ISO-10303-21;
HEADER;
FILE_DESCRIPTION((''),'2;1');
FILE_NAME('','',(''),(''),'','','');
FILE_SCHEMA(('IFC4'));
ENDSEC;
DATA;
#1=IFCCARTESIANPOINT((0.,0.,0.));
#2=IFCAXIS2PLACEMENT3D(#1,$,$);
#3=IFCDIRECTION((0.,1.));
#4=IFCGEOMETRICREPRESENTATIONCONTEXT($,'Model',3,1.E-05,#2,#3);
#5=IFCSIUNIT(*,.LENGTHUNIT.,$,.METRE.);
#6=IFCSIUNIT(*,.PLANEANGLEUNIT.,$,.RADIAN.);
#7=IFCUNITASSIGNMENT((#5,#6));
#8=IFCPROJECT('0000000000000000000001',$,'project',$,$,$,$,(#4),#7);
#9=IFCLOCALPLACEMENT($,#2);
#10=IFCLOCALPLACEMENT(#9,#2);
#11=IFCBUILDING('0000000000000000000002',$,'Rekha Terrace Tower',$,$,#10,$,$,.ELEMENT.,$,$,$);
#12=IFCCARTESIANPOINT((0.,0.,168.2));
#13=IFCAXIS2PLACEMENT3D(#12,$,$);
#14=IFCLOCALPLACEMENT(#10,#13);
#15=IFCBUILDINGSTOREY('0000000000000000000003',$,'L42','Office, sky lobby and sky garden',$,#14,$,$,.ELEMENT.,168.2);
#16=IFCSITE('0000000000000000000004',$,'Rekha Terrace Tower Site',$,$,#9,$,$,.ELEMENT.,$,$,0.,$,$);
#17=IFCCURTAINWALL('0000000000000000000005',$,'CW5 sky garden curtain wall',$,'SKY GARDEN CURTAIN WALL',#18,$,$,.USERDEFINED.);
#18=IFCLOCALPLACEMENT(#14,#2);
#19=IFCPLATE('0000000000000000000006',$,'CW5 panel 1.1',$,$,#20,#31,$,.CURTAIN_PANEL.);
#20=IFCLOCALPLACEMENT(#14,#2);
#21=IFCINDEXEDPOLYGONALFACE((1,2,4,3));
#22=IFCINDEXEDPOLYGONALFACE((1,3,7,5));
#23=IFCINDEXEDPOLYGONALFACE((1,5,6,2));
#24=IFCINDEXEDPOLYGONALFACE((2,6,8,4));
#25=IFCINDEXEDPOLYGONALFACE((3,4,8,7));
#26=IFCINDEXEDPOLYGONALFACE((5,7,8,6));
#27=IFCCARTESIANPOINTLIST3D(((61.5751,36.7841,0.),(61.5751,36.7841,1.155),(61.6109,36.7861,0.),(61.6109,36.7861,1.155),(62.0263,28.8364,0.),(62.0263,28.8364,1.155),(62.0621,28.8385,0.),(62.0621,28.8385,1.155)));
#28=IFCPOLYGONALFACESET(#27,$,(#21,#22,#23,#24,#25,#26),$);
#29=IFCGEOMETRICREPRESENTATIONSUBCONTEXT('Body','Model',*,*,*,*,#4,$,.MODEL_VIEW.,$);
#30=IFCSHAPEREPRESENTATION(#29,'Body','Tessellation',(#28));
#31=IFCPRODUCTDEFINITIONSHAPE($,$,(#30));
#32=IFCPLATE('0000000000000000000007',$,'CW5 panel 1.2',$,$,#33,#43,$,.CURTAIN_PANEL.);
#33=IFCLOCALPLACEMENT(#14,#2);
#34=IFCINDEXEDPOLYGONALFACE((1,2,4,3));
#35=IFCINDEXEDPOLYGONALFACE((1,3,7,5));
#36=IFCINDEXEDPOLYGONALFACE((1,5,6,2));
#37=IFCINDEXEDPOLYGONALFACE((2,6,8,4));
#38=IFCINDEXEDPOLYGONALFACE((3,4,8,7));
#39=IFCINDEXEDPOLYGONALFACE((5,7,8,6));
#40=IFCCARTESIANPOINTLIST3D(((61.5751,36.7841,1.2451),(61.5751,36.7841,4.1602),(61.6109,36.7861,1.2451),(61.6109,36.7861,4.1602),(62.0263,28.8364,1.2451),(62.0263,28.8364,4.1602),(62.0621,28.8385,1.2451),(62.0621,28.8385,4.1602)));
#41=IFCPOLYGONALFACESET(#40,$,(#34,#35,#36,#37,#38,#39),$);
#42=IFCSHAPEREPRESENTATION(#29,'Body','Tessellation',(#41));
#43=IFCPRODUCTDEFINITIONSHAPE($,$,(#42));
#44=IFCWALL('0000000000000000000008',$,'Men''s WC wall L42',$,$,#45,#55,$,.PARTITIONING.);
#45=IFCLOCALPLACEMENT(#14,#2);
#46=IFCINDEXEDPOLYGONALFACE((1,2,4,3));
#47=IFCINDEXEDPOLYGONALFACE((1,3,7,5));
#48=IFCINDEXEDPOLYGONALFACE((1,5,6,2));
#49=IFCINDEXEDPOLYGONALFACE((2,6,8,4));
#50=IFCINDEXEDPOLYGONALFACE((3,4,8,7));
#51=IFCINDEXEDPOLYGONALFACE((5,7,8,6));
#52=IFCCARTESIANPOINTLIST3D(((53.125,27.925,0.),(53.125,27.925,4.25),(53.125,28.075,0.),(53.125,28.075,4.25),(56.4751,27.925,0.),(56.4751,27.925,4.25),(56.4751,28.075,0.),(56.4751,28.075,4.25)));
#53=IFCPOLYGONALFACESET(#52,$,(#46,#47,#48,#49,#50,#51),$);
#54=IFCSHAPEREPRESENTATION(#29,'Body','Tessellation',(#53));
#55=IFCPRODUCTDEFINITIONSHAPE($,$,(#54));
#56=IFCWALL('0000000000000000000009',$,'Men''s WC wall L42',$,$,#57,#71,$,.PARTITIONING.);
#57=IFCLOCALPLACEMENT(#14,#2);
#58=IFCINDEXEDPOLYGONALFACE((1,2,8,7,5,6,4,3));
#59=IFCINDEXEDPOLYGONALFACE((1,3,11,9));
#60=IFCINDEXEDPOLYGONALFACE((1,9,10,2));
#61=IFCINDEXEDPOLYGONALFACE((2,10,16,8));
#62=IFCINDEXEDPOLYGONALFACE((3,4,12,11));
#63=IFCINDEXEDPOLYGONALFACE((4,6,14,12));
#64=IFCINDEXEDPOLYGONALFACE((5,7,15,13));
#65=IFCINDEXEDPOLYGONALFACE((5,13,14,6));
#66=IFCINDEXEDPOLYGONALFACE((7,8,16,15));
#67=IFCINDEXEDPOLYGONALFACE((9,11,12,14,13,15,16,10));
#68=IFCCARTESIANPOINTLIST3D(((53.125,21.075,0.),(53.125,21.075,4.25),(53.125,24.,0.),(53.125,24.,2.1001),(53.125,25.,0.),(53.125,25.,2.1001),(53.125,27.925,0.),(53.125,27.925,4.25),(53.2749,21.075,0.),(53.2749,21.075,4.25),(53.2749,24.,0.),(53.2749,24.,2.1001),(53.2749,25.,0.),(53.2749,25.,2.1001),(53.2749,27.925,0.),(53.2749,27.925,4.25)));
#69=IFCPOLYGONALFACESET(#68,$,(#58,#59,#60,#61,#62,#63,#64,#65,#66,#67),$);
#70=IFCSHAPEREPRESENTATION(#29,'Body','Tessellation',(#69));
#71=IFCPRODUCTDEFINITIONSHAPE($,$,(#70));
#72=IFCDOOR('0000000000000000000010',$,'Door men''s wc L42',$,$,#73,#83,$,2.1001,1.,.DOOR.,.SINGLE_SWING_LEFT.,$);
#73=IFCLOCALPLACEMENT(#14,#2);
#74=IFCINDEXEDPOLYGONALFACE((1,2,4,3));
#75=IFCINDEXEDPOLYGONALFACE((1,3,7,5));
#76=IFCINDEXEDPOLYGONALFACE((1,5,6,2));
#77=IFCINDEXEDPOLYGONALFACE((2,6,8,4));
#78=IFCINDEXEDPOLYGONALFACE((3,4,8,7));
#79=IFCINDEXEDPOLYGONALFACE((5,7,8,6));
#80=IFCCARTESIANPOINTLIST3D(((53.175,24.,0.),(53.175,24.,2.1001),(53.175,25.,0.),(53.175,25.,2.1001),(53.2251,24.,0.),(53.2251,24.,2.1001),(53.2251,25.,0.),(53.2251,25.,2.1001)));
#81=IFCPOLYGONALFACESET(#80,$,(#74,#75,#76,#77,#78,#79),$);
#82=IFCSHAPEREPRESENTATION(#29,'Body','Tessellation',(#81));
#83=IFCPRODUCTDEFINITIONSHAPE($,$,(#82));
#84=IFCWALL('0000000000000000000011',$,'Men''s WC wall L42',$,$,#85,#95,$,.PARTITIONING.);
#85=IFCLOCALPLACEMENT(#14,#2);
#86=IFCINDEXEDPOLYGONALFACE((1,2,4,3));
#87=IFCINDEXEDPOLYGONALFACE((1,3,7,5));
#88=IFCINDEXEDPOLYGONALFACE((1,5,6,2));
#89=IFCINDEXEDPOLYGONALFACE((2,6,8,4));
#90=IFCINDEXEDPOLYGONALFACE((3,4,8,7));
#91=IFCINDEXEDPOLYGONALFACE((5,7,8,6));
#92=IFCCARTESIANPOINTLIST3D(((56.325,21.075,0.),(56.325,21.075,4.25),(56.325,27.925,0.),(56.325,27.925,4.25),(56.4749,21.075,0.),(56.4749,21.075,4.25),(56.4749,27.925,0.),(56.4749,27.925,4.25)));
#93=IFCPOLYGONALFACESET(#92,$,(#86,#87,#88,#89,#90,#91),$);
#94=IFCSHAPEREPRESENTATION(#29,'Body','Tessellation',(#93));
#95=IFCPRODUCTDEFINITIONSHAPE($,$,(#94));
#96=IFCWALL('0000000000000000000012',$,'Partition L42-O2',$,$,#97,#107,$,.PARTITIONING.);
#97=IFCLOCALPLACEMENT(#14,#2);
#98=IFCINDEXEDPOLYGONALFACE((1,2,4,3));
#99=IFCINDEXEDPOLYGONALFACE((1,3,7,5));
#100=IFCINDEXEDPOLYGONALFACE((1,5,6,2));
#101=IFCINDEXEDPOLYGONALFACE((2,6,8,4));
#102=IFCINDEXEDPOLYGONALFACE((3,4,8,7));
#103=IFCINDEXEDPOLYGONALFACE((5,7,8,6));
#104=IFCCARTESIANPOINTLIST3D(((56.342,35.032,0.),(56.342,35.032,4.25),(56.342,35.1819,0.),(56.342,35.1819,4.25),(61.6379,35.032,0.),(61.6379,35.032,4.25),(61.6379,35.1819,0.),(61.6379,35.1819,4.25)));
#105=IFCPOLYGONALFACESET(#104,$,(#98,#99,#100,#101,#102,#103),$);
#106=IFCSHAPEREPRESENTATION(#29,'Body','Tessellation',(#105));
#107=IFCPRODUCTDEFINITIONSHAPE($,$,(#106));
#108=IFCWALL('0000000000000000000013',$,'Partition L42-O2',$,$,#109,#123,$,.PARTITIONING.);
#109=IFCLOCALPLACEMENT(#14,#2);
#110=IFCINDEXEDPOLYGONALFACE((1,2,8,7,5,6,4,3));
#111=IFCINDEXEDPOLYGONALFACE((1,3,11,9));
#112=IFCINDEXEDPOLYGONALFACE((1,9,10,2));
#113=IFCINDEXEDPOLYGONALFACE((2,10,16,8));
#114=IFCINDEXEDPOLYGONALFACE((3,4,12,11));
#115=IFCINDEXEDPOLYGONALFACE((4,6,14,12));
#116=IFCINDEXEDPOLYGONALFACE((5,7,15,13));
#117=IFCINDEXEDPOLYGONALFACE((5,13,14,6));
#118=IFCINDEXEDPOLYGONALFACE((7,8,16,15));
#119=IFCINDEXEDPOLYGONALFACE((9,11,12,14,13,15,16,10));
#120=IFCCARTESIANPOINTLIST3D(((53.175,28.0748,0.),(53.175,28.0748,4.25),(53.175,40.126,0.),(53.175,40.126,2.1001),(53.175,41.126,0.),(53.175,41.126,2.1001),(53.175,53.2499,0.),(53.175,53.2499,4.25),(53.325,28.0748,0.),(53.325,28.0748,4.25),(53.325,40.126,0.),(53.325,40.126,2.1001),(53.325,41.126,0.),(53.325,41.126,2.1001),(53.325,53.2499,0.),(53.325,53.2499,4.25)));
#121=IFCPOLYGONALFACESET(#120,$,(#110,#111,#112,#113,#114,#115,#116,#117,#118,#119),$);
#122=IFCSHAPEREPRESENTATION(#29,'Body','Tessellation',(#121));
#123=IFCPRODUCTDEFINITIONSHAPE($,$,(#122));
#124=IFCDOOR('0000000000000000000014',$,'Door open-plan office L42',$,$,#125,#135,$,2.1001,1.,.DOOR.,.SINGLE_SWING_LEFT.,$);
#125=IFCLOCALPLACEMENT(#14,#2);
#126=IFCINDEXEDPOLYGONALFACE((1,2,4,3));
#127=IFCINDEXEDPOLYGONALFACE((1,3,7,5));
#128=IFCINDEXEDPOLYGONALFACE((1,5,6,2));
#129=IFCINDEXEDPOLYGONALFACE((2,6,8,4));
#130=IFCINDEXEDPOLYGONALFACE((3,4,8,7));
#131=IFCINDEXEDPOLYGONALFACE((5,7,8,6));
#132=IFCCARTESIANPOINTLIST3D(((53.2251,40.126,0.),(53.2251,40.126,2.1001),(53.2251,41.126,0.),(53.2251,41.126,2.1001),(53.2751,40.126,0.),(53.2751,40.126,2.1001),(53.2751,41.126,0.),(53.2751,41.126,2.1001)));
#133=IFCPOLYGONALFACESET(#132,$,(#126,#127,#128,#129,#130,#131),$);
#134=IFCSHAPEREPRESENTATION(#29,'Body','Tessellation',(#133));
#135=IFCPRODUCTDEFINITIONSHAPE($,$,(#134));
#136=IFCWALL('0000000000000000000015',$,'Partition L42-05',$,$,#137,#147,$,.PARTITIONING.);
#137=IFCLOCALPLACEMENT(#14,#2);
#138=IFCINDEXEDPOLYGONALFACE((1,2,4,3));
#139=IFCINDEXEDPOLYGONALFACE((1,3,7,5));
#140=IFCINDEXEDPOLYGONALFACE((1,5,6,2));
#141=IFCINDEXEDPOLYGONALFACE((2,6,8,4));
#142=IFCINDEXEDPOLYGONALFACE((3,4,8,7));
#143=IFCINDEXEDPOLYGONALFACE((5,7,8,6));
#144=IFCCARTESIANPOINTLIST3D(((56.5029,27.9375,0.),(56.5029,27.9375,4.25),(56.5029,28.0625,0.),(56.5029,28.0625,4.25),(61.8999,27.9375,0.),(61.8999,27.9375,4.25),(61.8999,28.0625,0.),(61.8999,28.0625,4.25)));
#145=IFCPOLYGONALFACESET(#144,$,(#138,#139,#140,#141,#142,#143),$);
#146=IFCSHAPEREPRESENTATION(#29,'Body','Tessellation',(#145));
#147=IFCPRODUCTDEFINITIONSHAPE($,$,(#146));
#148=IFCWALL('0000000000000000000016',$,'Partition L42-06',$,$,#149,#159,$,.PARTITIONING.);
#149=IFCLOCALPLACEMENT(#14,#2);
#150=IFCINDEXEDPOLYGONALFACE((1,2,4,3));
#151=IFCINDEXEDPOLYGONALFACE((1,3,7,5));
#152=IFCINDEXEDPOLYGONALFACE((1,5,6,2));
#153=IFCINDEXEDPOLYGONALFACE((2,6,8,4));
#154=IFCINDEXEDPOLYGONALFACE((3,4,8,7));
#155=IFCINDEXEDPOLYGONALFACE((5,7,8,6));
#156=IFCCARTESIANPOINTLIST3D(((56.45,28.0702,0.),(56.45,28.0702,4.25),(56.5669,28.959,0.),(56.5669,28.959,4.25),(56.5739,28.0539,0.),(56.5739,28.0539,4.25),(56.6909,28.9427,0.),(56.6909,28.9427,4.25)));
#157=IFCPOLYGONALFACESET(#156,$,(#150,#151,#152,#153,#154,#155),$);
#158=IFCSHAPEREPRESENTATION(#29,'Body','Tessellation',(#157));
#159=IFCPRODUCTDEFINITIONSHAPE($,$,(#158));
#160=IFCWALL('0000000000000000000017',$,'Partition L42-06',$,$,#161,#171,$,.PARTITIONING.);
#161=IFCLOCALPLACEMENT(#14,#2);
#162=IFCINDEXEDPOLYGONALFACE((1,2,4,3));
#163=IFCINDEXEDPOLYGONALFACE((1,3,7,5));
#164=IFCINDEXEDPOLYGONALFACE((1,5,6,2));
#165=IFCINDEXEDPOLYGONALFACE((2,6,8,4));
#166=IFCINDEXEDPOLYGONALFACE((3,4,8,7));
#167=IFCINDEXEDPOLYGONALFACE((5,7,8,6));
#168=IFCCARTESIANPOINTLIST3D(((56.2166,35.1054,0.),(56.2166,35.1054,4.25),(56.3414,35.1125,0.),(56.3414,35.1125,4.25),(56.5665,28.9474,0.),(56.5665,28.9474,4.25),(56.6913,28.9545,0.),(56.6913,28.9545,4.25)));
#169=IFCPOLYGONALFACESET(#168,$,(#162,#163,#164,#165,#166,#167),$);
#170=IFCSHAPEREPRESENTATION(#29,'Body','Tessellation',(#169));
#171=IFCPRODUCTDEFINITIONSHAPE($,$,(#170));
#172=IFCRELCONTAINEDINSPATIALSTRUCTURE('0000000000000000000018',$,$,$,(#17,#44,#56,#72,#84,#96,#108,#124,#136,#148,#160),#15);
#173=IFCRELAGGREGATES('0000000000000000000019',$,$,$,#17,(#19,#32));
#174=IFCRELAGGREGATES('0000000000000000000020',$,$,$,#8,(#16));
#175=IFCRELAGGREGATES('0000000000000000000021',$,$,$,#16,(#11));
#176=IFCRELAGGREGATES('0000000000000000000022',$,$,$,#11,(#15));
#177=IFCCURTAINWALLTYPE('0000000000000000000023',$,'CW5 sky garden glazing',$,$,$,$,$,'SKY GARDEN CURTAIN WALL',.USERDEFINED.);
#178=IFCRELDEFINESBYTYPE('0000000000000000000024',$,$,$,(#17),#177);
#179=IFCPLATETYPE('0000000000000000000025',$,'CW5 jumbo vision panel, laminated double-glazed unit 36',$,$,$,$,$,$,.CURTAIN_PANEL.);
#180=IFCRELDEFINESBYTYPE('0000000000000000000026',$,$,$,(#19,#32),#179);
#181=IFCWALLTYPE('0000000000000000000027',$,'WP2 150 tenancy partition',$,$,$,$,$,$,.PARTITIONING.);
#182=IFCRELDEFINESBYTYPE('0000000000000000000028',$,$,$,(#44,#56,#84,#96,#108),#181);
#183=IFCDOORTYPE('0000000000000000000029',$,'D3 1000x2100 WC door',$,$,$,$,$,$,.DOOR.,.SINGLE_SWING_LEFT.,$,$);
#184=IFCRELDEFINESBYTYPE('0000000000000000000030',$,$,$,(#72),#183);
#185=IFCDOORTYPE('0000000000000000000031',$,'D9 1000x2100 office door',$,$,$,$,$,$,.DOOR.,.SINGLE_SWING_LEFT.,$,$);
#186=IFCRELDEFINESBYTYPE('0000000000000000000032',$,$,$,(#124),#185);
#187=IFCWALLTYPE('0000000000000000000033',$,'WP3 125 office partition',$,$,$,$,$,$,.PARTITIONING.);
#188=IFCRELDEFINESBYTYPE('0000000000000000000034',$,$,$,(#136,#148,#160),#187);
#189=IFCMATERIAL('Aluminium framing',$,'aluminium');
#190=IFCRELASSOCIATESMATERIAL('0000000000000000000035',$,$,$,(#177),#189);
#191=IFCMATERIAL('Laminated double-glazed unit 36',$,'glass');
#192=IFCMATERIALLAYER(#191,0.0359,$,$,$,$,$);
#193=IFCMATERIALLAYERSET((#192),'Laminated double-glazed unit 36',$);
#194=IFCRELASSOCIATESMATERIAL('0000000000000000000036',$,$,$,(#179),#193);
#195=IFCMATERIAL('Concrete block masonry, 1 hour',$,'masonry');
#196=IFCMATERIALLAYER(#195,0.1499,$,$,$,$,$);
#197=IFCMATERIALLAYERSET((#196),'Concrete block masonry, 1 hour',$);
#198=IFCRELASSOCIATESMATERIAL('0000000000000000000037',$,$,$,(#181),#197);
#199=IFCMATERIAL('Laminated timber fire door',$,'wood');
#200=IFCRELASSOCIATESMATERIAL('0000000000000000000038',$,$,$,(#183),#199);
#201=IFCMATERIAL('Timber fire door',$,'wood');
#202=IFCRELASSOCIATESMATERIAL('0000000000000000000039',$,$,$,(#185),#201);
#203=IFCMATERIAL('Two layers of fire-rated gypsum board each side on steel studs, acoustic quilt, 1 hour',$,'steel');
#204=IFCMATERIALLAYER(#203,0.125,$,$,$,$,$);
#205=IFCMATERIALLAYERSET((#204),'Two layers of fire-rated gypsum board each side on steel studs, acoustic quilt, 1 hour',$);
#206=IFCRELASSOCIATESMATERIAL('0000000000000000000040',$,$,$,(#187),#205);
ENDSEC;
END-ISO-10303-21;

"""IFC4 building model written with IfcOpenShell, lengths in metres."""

from ifc_helpers import new_model, si_unit, direction, frame, frame_2d, origin, origin_2d, place, context, subcontext, project, spatial, rectangle, extrude, material, layer, layer_set, type_object, element, fill, aggregate, save


model = new_model("IFC4")

# Units and contexts
model_context = context("Model", 3, precision=1e-05, world=origin(), true_north=direction((0.0, 1.0)))
body_context = subcontext(model_context, "Body", "Model", "MODEL_VIEW")
ifc_project = project(units=[si_unit("LENGTHUNIT", "METRE"), si_unit("PLANEANGLEUNIT", "RADIAN")], contexts=[model_context])

# Site, building, storey
site_placement = place(None, origin())
site = spatial("IfcSite", under=ifc_project, at=site_placement, Name="Rekha Terrace Tower Site", CompositionType="ELEMENT", RefElevation=0.0)
building_placement = place(site_placement, origin())
building = spatial("IfcBuilding", under=site, at=building_placement, Name="Rekha Terrace Tower", CompositionType="ELEMENT")
storey_placement = place(building_placement, frame((0.0, 0.0, 168.2)))
storey = spatial("IfcBuildingStorey", under=building, at=storey_placement, Name="L42", Description="Office, sky lobby and sky garden", CompositionType="ELEMENT", Elevation=168.2)

# Curtain wall
ifc_material_1 = material(Name="Aluminium framing", Category="aluminium")
curtain_wall_type = type_object("IfcCurtainWallType", Name="CW5 sky garden glazing", ElementType="SKY GARDEN CURTAIN WALL", PredefinedType="USERDEFINED", material=ifc_material_1)
curtain_wall_1_placement = place(storey_placement, origin())
curtain_wall_1 = element("IfcCurtainWall", 1, at=curtain_wall_1_placement, inside=storey, type_object=curtain_wall_type, Name="CW5 sky garden curtain wall", ObjectType="SKY GARDEN CURTAIN WALL", PredefinedType="USERDEFINED")

# Plates
ifc_material_2 = material(Name="Laminated double-glazed unit 36", Category="glass")
ifc_layer_1 = layer(ifc_material_2, 0.0359)
ifc_layer_set_1 = layer_set([ifc_layer_1], Name="Laminated double-glazed unit 36")
plate_type = type_object("IfcPlateType", Name="CW5 jumbo vision panel, laminated double-glazed unit 36", PredefinedType="CURTAIN_PANEL", material=ifc_layer_set_1)
plate_1_placement = place(storey_placement, frame((61.8186, 32.8113, 0.0), z_axis=(0.0, 0.0, 1.0), x_axis=(-0.056673, 0.998393, 0.0)))
plate_1 = element("IfcPlate", 2, at=plate_1_placement, type_object=plate_type, Name="CW5 panel 1.1", PredefinedType="CURTAIN_PANEL", context=body_context, shape_type="SweptSolid", body=[
    extrude(rectangle(XDim=7.9604, YDim=0.0359, at=origin_2d()), origin(), (0.0, 0.0, 1.0), 1.155),
])
plate_2_placement = place(storey_placement, frame((61.8186, 32.8113, 1.2451), z_axis=(0.0, 0.0, 1.0), x_axis=(-0.056673, 0.998393, 0.0)))
plate_2 = element("IfcPlate", 3, at=plate_2_placement, type_object=plate_type, Name="CW5 panel 1.2", PredefinedType="CURTAIN_PANEL", context=body_context, shape_type="SweptSolid", body=[
    extrude(rectangle(XDim=7.9604, YDim=0.0359, at=origin_2d()), origin(), (0.0, 0.0, 1.0), 2.915),
])
aggregate(curtain_wall_1, [plate_1, plate_2])

# Wall
ifc_material_3 = material(Name="Concrete block masonry, 1 hour", Category="masonry")
ifc_layer_2 = layer(ifc_material_3, 0.1499)
ifc_layer_set_2 = layer_set([ifc_layer_2], Name="Concrete block masonry, 1 hour")
wall_type_1 = type_object("IfcWallType", Name="WP2 150 tenancy partition", PredefinedType="PARTITIONING", material=ifc_layer_set_2)
wall_1_placement = place(storey_placement, frame((53.125, 28.0, 0.0), z_axis=(0.0, 0.0, 1.0), x_axis=(1.0, 0.0, 0.0)))
element("IfcWall", 4, at=wall_1_placement, inside=storey, type_object=wall_type_1, Name="Men's WC wall L42", PredefinedType="PARTITIONING", context=body_context, shape_type="SweptSolid", body=[
    extrude(rectangle(XDim=3.3501, YDim=0.1499, at=frame_2d((1.675, 0.0))), origin(), (0.0, 0.0, 1.0), 4.25),
])

# Wall, opening, door
wall_2_placement = place(storey_placement, frame((53.2, 21.075, 0.0), z_axis=(0.0, 0.0, 1.0), x_axis=(0.0, 1.0, 0.0)))
wall_2 = element("IfcWall", 5, at=wall_2_placement, inside=storey, type_object=wall_type_1, Name="Men's WC wall L42", PredefinedType="PARTITIONING", context=body_context, shape_type="SweptSolid", body=[
    extrude(rectangle(XDim=6.8501, YDim=0.1499, at=frame_2d((3.425, 0.0))), origin(), (0.0, 0.0, 1.0), 4.25),
])
opening_1_placement = place(wall_2_placement, frame((2.925, 0.0, 0.0)))
opening_1 = element("IfcOpeningElement", 6, at=opening_1_placement, cuts=wall_2, PredefinedType="OPENING", context=body_context, shape_type="SweptSolid", body=[
    extrude(rectangle(XDim=1.0, YDim=2.1001, at=frame_2d((0.5, 1.05))), frame((0.0, 0.085, 0.0), z_axis=(0.0, -1.0, 0.0), x_axis=(1.0, 0.0, 0.0)), (0.0, 0.0, 1.0), 0.1699),
])
ifc_material_4 = material(Name="Laminated timber fire door", Category="wood")
door_type_1 = type_object("IfcDoorType", Name="D3 1000x2100 WC door", OperationType="SINGLE_SWING_LEFT", PredefinedType="DOOR", material=ifc_material_4)
door_1_placement = place(opening_1_placement, origin())
door_1 = element("IfcDoor", 7, at=door_1_placement, inside=storey, type_object=door_type_1, Name="Door men's wc L42", OperationType="SINGLE_SWING_LEFT", OverallHeight=2.1001, OverallWidth=1.0, PredefinedType="DOOR", context=body_context, shape_type="SweptSolid", body=[
    extrude(rectangle(XDim=1.0, YDim=2.1001, at=frame_2d((0.5, 1.05))), frame((0.0, 0.0249, 0.0), z_axis=(0.0, -1.0, 0.0), x_axis=(1.0, 0.0, 0.0)), (0.0, 0.0, 1.0), 0.05),
])
fill(opening_1, door_1)

# Walls
wall_3_placement = place(storey_placement, frame((56.3999, 21.075, 0.0), z_axis=(0.0, 0.0, 1.0), x_axis=(0.0, 1.0, 0.0)))
element("IfcWall", 8, at=wall_3_placement, inside=storey, type_object=wall_type_1, Name="Men's WC wall L42", PredefinedType="PARTITIONING", context=body_context, shape_type="SweptSolid", body=[
    extrude(rectangle(XDim=6.8501, YDim=0.1499, at=frame_2d((3.425, 0.0))), origin(), (0.0, 0.0, 1.0), 4.25),
])
wall_4_placement = place(storey_placement, frame((56.342, 35.1069, 0.0), z_axis=(0.0, 0.0, 1.0), x_axis=(1.0, 0.0, 0.0)))
element("IfcWall", 9, at=wall_4_placement, inside=storey, type_object=wall_type_1, Name="Partition L42-O2", PredefinedType="PARTITIONING", context=body_context, shape_type="SweptSolid", body=[
    extrude(rectangle(XDim=5.2959, YDim=0.1499, at=frame_2d((2.6479, 0.0))), origin(), (0.0, 0.0, 1.0), 4.25),
])

# Wall, opening, door
wall_5_placement = place(storey_placement, frame((53.25, 28.075, 0.0), z_axis=(0.0, 0.0, 1.0), x_axis=(0.0, 1.0, 0.0)))
wall_5 = element("IfcWall", 10, at=wall_5_placement, inside=storey, type_object=wall_type_1, Name="Partition L42-O2", PredefinedType="PARTITIONING", context=body_context, shape_type="SweptSolid", body=[
    extrude(rectangle(XDim=25.175, YDim=0.1499, at=frame_2d((12.5874, 0.0))), origin(), (0.0, 0.0, 1.0), 4.25),
])
opening_2_placement = place(wall_5_placement, frame((12.051, 0.0, 0.0)))
opening_2 = element("IfcOpeningElement", 11, at=opening_2_placement, cuts=wall_5, PredefinedType="OPENING", context=body_context, shape_type="SweptSolid", body=[
    extrude(rectangle(XDim=1.0, YDim=2.1001, at=frame_2d((0.5, 1.05))), frame((0.0, 0.085, 0.0), z_axis=(0.0, -1.0, 0.0), x_axis=(1.0, 0.0, 0.0)), (0.0, 0.0, 1.0), 0.1699),
])
ifc_material_5 = material(Name="Timber fire door", Category="wood")
door_type_2 = type_object("IfcDoorType", Name="D9 1000x2100 office door", OperationType="SINGLE_SWING_LEFT", PredefinedType="DOOR", material=ifc_material_5)
door_2_placement = place(opening_2_placement, origin())
door_2 = element("IfcDoor", 12, at=door_2_placement, inside=storey, type_object=door_type_2, Name="Door open-plan office L42", OperationType="SINGLE_SWING_LEFT", OverallHeight=2.1001, OverallWidth=1.0, PredefinedType="DOOR", context=body_context, shape_type="SweptSolid", body=[
    extrude(rectangle(XDim=1.0, YDim=2.1001, at=frame_2d((0.5, 1.05))), frame((0.0, 0.0249, 0.0), z_axis=(0.0, -1.0, 0.0), x_axis=(1.0, 0.0, 0.0)), (0.0, 0.0, 1.0), 0.05),
])
fill(opening_2, door_2)

# Walls
ifc_material_6 = material(Name="Two layers of fire-rated gypsum board each side on steel studs, acoustic quilt, 1 hour", Category="steel")
ifc_layer_3 = layer(ifc_material_6, 0.125)
ifc_layer_set_3 = layer_set([ifc_layer_3], Name="Two layers of fire-rated gypsum board each side on steel studs, acoustic quilt, 1 hour")
wall_type_2 = type_object("IfcWallType", Name="WP3 125 office partition", PredefinedType="PARTITIONING", material=ifc_layer_set_3)
wall_6_placement = place(storey_placement, frame((56.5029, 28.0, 0.0), z_axis=(0.0, 0.0, 1.0), x_axis=(1.0, 0.0, 0.0)))
element("IfcWall", 13, at=wall_6_placement, inside=storey, type_object=wall_type_2, Name="Partition L42-05", PredefinedType="PARTITIONING", context=body_context, shape_type="SweptSolid", body=[
    extrude(rectangle(XDim=5.397, YDim=0.125, at=frame_2d((2.6985, 0.0))), origin(), (0.0, 0.0, 1.0), 4.25),
])
wall_7_placement = place(storey_placement, frame((56.512, 28.062, 0.0), z_axis=(0.0, 0.0, 1.0), x_axis=(0.130433, 0.991457, 0.0)))
element("IfcWall", 14, at=wall_7_placement, inside=storey, type_object=wall_type_2, Name="Partition L42-06", PredefinedType="PARTITIONING", context=body_context, shape_type="SweptSolid", body=[
    extrude(rectangle(XDim=0.8965, YDim=0.125, at=frame_2d((0.4482, 0.0))), origin(), (0.0, 0.0, 1.0), 4.25),
])
wall_8_placement = place(storey_placement, frame((56.6289, 28.9509, 0.0), z_axis=(0.0, 0.0, 1.0), x_axis=(-0.056722, 0.99839, 0.0)))
element("IfcWall", 15, at=wall_8_placement, inside=storey, type_object=wall_type_2, Name="Partition L42-06", PredefinedType="PARTITIONING", context=body_context, shape_type="SweptSolid", body=[
    extrude(rectangle(XDim=6.168, YDim=0.125, at=frame_2d((3.084, 0.0))), origin(), (0.0, 0.0, 1.0), 4.25),
])

save(model, "model.ifc")
